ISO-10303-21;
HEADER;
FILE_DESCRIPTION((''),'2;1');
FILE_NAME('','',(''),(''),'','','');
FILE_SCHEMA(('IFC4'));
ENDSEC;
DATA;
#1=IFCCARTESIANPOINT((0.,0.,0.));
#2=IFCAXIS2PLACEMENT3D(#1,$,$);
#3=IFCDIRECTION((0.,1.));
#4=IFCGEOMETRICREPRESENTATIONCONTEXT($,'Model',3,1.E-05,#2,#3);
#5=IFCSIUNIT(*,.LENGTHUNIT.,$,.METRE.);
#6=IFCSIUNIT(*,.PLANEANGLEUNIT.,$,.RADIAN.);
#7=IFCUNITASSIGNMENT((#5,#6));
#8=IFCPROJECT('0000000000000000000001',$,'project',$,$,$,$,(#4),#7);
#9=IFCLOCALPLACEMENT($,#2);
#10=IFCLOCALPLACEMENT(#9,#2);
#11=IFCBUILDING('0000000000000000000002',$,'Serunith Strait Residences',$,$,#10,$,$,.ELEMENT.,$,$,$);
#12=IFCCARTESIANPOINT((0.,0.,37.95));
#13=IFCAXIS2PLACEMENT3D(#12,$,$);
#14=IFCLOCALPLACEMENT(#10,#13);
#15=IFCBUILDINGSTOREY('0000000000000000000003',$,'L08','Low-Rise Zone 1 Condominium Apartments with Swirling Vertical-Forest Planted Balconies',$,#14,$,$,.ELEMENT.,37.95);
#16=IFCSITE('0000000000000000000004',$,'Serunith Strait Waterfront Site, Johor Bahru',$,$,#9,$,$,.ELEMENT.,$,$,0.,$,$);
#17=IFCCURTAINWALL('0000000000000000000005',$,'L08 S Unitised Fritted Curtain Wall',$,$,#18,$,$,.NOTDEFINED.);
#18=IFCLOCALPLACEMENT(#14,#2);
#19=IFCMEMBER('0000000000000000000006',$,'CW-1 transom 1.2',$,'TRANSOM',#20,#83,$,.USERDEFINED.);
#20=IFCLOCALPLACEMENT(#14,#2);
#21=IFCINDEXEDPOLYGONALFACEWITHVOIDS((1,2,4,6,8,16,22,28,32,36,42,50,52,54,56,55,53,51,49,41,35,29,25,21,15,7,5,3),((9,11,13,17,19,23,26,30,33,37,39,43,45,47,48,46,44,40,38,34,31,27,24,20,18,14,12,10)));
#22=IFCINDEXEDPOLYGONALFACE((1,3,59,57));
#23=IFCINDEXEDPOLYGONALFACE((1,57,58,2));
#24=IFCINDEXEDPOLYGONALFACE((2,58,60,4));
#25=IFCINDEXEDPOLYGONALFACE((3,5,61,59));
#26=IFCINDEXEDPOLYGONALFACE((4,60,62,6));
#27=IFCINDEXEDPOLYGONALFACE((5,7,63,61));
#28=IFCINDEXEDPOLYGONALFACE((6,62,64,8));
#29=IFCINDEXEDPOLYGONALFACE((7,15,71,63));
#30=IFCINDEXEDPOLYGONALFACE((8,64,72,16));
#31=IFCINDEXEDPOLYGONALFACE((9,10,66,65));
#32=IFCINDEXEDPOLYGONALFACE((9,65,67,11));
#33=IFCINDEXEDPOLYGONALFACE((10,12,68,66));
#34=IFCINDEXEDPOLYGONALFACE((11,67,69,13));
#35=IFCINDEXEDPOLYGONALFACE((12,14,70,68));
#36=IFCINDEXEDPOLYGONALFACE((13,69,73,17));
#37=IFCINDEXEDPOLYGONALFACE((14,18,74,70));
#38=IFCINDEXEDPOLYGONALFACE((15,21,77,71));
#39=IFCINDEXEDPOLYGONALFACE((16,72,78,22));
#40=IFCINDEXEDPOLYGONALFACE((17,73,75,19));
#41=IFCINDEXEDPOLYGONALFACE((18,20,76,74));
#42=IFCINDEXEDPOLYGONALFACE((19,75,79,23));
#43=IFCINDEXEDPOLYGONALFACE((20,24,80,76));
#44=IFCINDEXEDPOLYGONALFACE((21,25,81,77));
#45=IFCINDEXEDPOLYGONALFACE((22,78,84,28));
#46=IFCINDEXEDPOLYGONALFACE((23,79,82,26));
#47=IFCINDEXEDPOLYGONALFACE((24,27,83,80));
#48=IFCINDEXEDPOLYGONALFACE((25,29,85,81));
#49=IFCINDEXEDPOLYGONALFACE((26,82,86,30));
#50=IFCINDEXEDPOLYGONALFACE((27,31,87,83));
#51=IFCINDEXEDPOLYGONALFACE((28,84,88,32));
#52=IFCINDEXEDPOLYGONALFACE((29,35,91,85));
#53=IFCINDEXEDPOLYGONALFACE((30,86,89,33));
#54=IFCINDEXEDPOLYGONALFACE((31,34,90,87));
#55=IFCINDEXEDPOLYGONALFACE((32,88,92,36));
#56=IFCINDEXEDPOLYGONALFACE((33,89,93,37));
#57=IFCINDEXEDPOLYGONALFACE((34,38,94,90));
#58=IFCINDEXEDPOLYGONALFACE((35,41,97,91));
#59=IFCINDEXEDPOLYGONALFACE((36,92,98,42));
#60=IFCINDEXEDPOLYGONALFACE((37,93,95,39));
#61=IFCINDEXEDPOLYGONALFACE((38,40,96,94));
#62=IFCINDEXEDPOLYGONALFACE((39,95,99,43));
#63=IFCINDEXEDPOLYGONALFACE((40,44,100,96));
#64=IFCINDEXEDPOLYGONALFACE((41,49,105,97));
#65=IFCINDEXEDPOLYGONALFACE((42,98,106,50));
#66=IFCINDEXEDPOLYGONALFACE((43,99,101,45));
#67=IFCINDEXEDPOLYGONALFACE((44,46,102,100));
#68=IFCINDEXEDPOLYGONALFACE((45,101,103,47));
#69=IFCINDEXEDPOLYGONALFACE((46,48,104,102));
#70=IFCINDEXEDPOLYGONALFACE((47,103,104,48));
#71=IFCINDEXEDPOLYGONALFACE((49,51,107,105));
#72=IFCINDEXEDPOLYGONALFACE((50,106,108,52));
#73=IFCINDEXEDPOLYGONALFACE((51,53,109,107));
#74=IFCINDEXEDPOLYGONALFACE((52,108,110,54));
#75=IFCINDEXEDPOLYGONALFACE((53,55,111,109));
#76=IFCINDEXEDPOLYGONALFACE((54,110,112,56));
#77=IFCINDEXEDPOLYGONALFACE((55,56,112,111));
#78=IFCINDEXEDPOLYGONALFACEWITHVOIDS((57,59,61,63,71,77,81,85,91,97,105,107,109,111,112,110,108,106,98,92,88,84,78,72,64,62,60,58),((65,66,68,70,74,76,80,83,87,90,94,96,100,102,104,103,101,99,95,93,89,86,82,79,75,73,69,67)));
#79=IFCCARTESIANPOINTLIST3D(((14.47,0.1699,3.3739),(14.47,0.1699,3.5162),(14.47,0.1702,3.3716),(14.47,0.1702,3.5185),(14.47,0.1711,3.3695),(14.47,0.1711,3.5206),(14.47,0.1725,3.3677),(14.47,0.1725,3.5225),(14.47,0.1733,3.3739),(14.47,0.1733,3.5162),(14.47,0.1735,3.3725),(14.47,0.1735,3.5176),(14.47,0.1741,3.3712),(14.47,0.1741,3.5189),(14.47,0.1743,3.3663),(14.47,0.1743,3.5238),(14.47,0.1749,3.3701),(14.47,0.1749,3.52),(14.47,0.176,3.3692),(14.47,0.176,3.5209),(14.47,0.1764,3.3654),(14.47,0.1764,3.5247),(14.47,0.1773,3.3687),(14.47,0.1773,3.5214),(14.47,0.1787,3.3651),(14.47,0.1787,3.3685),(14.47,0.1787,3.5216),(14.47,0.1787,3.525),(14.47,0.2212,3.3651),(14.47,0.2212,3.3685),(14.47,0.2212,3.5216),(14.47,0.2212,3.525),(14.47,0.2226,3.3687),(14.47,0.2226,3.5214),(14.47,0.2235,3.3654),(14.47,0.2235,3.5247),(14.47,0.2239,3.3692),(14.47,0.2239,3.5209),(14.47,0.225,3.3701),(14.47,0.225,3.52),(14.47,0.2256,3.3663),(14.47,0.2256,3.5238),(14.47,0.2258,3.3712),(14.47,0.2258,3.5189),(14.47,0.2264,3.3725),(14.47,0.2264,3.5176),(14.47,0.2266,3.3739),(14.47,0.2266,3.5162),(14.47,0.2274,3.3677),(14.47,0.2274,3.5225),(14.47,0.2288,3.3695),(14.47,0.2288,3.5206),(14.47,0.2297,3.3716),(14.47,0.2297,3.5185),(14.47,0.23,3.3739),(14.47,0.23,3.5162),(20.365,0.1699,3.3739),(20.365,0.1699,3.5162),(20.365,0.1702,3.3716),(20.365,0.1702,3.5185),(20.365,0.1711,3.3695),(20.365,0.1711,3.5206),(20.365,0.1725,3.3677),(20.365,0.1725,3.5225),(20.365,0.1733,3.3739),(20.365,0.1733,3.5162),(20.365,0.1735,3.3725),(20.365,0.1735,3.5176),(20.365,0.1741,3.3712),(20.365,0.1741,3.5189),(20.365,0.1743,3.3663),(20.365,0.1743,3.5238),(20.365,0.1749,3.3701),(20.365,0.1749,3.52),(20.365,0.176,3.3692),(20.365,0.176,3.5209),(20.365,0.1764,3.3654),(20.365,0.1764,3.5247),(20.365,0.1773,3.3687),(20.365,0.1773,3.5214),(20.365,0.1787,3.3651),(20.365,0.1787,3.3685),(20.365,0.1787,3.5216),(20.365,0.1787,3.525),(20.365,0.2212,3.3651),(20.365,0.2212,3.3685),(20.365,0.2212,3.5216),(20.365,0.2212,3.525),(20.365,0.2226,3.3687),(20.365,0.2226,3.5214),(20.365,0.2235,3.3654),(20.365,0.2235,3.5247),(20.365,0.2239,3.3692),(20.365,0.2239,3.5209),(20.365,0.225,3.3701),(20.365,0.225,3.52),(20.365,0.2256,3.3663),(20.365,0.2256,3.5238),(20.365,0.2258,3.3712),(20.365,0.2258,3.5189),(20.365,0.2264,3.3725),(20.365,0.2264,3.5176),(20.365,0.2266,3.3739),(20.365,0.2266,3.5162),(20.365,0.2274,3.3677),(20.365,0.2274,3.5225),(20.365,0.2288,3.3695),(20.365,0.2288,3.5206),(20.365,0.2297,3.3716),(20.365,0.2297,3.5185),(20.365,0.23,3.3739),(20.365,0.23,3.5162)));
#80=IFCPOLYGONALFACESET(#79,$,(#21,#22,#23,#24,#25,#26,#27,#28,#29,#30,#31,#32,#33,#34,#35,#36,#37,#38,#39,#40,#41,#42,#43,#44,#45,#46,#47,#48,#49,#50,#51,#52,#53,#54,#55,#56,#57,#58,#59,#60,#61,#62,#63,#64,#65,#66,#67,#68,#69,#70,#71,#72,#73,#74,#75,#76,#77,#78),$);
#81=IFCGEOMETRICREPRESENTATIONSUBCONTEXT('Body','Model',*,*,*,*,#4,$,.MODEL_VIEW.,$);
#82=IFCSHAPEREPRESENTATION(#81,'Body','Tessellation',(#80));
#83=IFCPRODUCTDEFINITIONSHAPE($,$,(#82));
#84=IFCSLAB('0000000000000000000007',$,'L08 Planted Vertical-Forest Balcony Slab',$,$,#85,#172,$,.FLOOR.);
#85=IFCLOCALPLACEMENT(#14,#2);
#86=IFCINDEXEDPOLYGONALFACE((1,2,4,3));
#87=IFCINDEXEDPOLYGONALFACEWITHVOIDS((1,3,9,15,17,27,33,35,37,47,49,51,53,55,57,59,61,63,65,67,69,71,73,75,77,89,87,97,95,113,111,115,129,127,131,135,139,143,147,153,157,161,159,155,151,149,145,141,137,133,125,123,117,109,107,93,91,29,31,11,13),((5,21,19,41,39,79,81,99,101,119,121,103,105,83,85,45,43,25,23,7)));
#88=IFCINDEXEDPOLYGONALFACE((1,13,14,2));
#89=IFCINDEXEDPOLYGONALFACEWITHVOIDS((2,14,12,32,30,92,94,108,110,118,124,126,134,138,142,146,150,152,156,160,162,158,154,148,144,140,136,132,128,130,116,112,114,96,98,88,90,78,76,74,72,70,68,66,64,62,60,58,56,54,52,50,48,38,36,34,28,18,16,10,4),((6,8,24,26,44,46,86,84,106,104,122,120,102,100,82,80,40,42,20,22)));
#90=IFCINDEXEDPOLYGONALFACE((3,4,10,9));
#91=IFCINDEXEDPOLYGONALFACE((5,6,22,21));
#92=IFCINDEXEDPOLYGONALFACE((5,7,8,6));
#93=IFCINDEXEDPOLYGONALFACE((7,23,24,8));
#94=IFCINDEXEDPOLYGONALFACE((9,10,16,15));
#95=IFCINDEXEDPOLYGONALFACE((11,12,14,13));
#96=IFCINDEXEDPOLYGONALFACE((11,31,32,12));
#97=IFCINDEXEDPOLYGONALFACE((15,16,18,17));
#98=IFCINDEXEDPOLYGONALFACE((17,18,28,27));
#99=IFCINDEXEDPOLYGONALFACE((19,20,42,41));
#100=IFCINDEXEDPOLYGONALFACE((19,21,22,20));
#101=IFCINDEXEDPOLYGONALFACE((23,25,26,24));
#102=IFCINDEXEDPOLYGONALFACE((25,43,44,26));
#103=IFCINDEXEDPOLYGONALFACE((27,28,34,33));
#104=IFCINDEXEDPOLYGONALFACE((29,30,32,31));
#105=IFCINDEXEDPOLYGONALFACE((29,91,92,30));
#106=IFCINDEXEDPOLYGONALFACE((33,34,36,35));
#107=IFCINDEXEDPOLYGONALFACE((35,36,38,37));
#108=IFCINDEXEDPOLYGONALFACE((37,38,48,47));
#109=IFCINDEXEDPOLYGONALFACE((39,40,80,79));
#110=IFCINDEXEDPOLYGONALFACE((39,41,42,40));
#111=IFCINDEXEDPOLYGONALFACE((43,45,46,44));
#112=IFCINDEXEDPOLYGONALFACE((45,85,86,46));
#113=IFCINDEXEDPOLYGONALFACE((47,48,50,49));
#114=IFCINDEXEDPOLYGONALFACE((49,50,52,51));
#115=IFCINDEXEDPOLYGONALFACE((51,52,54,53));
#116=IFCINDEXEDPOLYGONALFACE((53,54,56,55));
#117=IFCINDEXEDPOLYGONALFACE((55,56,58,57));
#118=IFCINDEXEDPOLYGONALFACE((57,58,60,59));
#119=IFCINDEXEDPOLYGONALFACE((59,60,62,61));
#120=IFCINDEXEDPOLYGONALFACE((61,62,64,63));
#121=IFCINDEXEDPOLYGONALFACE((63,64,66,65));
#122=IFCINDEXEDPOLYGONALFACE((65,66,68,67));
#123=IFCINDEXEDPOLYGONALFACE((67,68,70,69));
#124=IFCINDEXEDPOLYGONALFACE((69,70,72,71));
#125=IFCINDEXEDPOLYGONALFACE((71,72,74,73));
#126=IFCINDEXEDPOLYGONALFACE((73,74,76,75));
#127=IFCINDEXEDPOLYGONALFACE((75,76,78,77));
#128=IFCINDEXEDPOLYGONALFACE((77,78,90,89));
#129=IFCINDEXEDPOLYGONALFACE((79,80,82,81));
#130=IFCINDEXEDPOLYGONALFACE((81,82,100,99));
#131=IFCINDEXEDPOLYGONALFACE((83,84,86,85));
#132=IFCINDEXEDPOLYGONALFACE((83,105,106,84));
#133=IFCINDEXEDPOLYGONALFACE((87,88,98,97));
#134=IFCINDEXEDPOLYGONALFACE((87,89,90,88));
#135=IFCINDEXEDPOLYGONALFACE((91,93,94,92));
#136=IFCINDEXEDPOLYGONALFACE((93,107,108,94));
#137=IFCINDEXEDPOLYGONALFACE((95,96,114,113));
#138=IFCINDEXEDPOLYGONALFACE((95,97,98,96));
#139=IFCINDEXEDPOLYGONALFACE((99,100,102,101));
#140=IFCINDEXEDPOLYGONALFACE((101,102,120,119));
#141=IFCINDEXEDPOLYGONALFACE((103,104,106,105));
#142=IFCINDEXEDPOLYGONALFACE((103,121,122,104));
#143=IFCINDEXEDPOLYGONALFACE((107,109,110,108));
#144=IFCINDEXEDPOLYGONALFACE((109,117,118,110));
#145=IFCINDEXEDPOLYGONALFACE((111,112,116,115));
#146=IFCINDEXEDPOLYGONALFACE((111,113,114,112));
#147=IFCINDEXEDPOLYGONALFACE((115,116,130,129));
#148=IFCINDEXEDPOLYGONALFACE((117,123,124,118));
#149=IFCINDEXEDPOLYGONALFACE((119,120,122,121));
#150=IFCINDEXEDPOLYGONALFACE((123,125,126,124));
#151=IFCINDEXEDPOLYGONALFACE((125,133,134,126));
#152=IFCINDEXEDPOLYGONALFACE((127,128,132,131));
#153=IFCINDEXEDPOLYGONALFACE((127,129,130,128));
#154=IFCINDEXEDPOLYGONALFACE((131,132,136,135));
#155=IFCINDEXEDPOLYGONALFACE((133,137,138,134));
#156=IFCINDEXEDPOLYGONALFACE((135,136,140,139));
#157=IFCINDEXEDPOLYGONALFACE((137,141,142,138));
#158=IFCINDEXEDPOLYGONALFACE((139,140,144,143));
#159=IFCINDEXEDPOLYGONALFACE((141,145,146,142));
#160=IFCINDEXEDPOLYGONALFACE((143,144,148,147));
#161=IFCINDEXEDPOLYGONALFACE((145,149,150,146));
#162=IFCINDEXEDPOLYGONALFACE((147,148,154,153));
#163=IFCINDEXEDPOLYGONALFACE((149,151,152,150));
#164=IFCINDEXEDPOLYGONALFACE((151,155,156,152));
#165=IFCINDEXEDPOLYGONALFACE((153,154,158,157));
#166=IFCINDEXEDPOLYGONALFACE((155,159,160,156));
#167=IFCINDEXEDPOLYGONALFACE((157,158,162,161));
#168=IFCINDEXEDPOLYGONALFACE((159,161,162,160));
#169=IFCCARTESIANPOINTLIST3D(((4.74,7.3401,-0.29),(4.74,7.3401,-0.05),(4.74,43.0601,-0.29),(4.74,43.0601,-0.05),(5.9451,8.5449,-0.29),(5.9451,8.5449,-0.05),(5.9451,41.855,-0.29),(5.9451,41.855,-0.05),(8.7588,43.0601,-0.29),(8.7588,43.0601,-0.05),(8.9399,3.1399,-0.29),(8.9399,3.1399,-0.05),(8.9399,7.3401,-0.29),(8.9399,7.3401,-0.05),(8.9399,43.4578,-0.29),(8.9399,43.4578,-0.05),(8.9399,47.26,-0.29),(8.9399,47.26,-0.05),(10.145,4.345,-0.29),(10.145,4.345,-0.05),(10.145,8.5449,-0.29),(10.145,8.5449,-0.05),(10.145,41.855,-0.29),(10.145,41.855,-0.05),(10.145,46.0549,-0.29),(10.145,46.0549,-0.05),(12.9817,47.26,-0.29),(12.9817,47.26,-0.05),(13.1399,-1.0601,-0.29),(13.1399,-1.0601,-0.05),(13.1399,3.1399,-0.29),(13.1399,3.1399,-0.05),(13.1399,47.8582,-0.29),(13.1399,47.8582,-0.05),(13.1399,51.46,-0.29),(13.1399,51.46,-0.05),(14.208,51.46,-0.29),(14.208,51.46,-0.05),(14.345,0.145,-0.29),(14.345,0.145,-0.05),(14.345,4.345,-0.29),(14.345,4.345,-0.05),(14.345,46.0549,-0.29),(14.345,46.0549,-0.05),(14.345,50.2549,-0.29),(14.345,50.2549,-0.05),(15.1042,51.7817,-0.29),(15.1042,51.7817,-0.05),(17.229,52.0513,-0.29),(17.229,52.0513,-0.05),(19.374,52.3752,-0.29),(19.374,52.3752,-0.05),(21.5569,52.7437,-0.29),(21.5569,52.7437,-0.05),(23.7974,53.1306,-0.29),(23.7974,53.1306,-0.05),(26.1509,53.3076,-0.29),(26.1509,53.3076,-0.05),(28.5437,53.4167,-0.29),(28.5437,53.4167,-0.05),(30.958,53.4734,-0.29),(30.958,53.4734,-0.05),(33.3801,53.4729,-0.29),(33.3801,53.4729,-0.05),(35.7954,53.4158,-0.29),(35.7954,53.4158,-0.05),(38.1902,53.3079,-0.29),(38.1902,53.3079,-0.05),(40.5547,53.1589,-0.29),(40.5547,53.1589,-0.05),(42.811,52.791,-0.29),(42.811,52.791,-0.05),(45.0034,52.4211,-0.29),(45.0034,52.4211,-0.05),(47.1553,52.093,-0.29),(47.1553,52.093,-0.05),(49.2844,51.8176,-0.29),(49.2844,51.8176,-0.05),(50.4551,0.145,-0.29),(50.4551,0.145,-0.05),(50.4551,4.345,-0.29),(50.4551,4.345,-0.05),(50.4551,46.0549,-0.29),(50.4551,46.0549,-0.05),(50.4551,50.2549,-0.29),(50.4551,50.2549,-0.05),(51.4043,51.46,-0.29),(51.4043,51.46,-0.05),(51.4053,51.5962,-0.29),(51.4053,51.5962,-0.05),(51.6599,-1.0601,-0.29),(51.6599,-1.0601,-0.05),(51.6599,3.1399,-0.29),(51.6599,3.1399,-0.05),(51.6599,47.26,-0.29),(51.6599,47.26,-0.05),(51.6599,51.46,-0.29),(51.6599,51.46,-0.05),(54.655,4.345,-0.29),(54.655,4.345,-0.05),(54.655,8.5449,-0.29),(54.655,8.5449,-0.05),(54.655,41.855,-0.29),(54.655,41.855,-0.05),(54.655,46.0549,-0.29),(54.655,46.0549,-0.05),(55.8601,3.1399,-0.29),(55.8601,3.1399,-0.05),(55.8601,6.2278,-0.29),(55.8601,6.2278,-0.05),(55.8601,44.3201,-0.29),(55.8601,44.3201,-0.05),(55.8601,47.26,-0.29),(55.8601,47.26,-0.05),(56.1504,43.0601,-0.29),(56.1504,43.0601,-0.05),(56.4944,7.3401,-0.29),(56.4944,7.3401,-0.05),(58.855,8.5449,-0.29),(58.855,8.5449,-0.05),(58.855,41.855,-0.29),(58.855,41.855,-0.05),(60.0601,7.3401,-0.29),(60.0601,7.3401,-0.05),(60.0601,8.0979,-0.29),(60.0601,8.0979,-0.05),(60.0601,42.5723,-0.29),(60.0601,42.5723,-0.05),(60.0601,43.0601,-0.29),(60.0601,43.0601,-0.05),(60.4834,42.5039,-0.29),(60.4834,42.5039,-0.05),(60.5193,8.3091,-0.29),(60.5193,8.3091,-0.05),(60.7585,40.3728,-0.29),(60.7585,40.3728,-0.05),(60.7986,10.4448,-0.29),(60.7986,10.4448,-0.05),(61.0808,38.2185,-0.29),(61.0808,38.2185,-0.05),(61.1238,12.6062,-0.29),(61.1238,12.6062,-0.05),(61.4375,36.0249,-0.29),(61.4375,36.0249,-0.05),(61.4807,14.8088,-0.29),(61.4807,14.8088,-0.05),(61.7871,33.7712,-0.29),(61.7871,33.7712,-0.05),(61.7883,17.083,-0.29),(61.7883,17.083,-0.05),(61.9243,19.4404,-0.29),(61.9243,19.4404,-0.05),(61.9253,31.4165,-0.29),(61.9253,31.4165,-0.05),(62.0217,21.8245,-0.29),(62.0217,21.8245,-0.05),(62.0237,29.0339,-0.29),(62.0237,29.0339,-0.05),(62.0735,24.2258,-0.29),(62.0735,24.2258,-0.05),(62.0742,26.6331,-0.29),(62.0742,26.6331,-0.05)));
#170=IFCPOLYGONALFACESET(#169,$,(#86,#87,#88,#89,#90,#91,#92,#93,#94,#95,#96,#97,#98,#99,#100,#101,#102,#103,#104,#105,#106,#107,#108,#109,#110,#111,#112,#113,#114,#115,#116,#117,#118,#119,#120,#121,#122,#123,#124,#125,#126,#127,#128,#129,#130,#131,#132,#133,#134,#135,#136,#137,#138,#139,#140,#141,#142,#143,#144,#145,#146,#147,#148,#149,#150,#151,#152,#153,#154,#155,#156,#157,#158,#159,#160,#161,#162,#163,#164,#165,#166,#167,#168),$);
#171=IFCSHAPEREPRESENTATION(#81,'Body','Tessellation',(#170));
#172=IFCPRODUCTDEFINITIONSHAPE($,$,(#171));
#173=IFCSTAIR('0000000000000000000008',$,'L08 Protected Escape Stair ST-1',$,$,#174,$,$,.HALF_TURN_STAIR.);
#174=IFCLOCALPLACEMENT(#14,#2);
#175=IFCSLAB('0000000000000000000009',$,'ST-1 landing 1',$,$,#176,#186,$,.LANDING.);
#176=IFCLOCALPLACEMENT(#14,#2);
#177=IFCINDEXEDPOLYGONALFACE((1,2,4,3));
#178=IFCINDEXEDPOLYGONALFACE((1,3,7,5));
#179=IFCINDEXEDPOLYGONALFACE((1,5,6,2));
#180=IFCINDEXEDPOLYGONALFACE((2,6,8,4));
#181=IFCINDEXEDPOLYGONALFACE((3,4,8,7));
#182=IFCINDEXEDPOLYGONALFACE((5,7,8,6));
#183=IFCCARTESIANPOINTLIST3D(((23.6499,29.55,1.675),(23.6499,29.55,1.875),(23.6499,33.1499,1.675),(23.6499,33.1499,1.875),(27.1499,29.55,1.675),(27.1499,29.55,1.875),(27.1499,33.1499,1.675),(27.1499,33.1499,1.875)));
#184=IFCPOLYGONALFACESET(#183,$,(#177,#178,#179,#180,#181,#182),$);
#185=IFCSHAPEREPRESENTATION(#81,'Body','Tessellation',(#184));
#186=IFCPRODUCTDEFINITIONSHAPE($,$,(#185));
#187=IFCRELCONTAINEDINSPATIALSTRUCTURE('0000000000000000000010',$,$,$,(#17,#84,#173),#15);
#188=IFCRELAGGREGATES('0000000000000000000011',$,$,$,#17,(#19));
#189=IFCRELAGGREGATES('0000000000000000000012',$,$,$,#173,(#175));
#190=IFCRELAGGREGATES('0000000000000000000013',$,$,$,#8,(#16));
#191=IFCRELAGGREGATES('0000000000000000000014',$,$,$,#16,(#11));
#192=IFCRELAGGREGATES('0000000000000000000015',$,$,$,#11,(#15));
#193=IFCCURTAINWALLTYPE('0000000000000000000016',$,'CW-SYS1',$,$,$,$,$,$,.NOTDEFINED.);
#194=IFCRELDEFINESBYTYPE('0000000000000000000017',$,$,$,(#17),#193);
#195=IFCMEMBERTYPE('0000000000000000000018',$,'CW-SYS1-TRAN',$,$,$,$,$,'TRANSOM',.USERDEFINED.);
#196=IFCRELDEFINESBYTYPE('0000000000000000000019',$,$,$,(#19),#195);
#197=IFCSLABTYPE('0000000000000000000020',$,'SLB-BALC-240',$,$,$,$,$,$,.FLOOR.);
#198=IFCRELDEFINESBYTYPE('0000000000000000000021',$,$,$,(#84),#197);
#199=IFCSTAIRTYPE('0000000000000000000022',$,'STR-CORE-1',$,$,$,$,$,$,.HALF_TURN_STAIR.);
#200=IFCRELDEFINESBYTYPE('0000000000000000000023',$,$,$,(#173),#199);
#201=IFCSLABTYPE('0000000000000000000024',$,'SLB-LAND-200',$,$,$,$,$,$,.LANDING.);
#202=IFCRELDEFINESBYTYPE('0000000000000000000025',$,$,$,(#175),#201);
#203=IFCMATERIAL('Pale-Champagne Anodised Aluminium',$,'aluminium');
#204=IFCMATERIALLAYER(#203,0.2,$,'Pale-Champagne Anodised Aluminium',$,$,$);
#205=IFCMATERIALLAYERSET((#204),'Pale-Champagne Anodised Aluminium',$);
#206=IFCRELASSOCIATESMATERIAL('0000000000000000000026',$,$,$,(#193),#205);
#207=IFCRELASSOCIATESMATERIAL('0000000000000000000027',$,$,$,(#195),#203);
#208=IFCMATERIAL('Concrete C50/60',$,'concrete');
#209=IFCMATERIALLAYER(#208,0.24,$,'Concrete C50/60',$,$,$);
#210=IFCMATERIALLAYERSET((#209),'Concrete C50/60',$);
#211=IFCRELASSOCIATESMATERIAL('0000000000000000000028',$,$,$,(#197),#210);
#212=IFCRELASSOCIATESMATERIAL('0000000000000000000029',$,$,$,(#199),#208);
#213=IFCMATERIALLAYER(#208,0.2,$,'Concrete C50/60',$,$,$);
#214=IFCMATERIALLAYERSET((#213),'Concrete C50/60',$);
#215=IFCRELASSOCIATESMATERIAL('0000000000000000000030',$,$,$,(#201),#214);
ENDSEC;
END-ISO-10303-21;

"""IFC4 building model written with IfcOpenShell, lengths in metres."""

from ifc_helpers import new_model, si_unit, direction, frame, origin, origin_2d, place, context, subcontext, project, spatial, polyline, hollow_rectangle, outline, extrude, source, transform, mapped, material, layer, layer_set, material_profile, profile_set, type_object, element, aggregate, save


model = new_model("IFC4")

# Units and contexts
model_context = context("Model", 3, precision=1e-05, world=origin(), true_north=direction((0.0, 1.0)))
body_context = subcontext(model_context, "Body", "Model", "MODEL_VIEW")
ifc_project = project(units=[si_unit("LENGTHUNIT", "METRE"), si_unit("PLANEANGLEUNIT", "RADIAN")], contexts=[model_context])

# Site, building, storey
site_placement = place(None, origin())
site = spatial("IfcSite", under=ifc_project, at=site_placement, Name="Serunith Strait Waterfront Site, Johor Bahru", CompositionType="ELEMENT", RefElevation=0.0)
building_placement = place(site_placement, origin())
building = spatial("IfcBuilding", under=site, at=building_placement, Name="Serunith Strait Residences", CompositionType="ELEMENT")
storey_placement = place(building_placement, frame((0.0, 0.0, 37.95)))
storey = spatial("IfcBuildingStorey", under=building, at=storey_placement, Name="L08", Description="Low-Rise Zone 1 Condominium Apartments with Swirling Vertical-Forest Planted Balconies", CompositionType="ELEMENT", Elevation=37.95)

# Curtain wall
ifc_material_1 = material(Name="Pale-Champagne Anodised Aluminium", Category="aluminium")
ifc_layer_1 = layer(ifc_material_1, 0.2, Name="Pale-Champagne Anodised Aluminium")
ifc_layer_set_1 = layer_set([ifc_layer_1], Name="Pale-Champagne Anodised Aluminium")
curtain_wall_type = type_object("IfcCurtainWallType", Name="CW-SYS1", PredefinedType="NOTDEFINED", material=ifc_layer_set_1)
curtain_wall_1_placement = place(storey_placement, origin())
curtain_wall_1 = element("IfcCurtainWall", 1, at=curtain_wall_1_placement, inside=storey, type_object=curtain_wall_type, Name="L08 S Unitised Fritted Curtain Wall", PredefinedType="NOTDEFINED")

# Member
ifc_material_profile_1 = material_profile(ifc_material_1, hollow_rectangle(XDim=0.0601, YDim=0.1599, WallThickness=0.0034, InnerFilletRadius=0.0054, OuterFilletRadius=0.0088, at=origin_2d()), Name="ALU 160x60x3.5")
ifc_profile_set_1 = profile_set([ifc_material_profile_1], Name="Pale-Champagne Anodised Aluminium")
member_type_1 = type_object("IfcMemberType", Name="CW-SYS1-TRAN", ElementType="TRANSOM", PredefinedType="USERDEFINED", material=ifc_profile_set_1)
shared_shape_1 = source(origin(), body_context, "Body", "SweptSolid", [
    extrude(hollow_rectangle(XDim=0.0601, YDim=0.1599, WallThickness=0.0034, InnerFilletRadius=0.0054, OuterFilletRadius=0.0088, at=origin_2d()), origin(), (0.0, 0.0, 1.0), 5.895),
])
member_1_placement = place(storey_placement, frame((14.47, 0.2, 3.4451), z_axis=(1.0, 0.0, 0.0), x_axis=(0.0, 1.0, 0.0)))
member_1 = element("IfcMember", 2, at=member_1_placement, type_object=member_type_1, Name="CW-1 transom 1.2", ObjectType="TRANSOM", PredefinedType="USERDEFINED", context=body_context, shape_type="MappedRepresentation", body=[
    mapped(shared_shape_1, transform((0.0, 0.0, 0.0), scale=1.0)),
])
aggregate(curtain_wall_1, [member_1])

# Slab
ifc_material_2 = material(Name="Concrete C50/60", Category="concrete")
ifc_layer_2 = layer(ifc_material_2, 0.24, Name="Concrete C50/60")
ifc_layer_set_2 = layer_set([ifc_layer_2], Name="Concrete C50/60")
slab_type_1 = type_object("IfcSlabType", Name="SLB-BALC-240", PredefinedType="FLOOR", material=ifc_layer_set_2)
slab_1_placement = place(storey_placement, frame((0.0, 0.0, -0.29)))
element("IfcSlab", 3, at=slab_1_placement, inside=storey, type_object=slab_type_1, Name="L08 Planted Vertical-Forest Balcony Slab", PredefinedType="FLOOR", context=body_context, shape_type="SweptSolid", body=[
    extrude(outline(polyline([(12.9817, 47.26), (13.1399, 47.8582), (13.1399, 51.46), (14.208, 51.46), (15.1042, 51.7817), (17.229, 52.0513), (19.374, 52.3752), (21.5569, 52.7437), (23.7974, 53.1306), (26.1509, 53.3076), (28.5437, 53.4167), (30.958, 53.4734), (33.3801, 53.4729), (35.7954, 53.4158), (38.1902, 53.3079), (40.5547, 53.1589), (42.811, 52.791), (45.0034, 52.4211), (47.1553, 52.093), (49.2844, 51.8176), (51.4053, 51.5962), (51.4043, 51.46), (51.6599, 51.46), (51.6599, 47.26), (55.8601, 47.26), (55.8601, 44.3201), (56.1504, 43.0601), (60.0601, 43.0601), (60.0601, 42.5723), (60.4834, 42.5039), (60.7585, 40.3728), (61.0808, 38.2185), (61.4375, 36.0249), (61.7871, 33.7712), (61.9253, 31.4165), (62.0237, 29.0339), (62.0742, 26.6331), (62.0735, 24.2258), (62.0217, 21.8245), (61.9243, 19.4404), (61.7883, 17.083), (61.4807, 14.8088), (61.1238, 12.6062), (60.7986, 10.4448), (60.5193, 8.3091), (60.0601, 8.0979), (60.0601, 7.3401), (56.4944, 7.3401), (55.8601, 6.2278), (55.8601, 3.1399), (51.6599, 3.1399), (51.6599, -1.0601), (13.1399, -1.0601), (13.1399, 3.1399), (8.9399, 3.1399), (8.9399, 7.3401), (4.74, 7.3401), (4.74, 43.0601), (8.7588, 43.0601), (8.9399, 43.4578), (8.9399, 47.26), (12.9817, 47.26)]), holes=[polyline([(50.4551, 0.145), (50.4551, 4.345), (54.655, 4.345), (54.655, 8.5449), (58.855, 8.5449), (58.855, 41.855), (54.655, 41.855), (54.655, 46.0549), (50.4551, 46.0549), (50.4551, 50.2549), (14.345, 50.2549), (14.345, 46.0549), (10.145, 46.0549), (10.145, 41.855), (5.9451, 41.855), (5.9451, 8.5449), (10.145, 8.5449), (10.145, 4.345), (14.345, 4.345), (14.345, 0.145), (50.4551, 0.145)])]), origin(), (0.0, 0.0, 1.0), 0.24),
])

# Stair, slab
stair_type_1 = type_object("IfcStairType", Name="STR-CORE-1", PredefinedType="HALF_TURN_STAIR", material=ifc_material_2)
stair_1_placement = place(storey_placement, origin())
stair_1 = element("IfcStair", 4, at=stair_1_placement, inside=storey, type_object=stair_type_1, Name="L08 Protected Escape Stair ST-1", PredefinedType="HALF_TURN_STAIR")
ifc_layer_3 = layer(ifc_material_2, 0.2, Name="Concrete C50/60")
ifc_layer_set_3 = layer_set([ifc_layer_3], Name="Concrete C50/60")
slab_type_2 = type_object("IfcSlabType", Name="SLB-LAND-200", PredefinedType="LANDING", material=ifc_layer_set_3)
slab_2_placement = place(storey_placement, frame((0.0, 0.0, 1.675)))
slab_2 = element("IfcSlab", 5, at=slab_2_placement, type_object=slab_type_2, Name="ST-1 landing 1", PredefinedType="LANDING", context=body_context, shape_type="SweptSolid", body=[
    extrude(outline(polyline([(27.1499, 29.55), (27.1499, 33.1499), (23.6499, 33.1499), (23.6499, 29.55), (27.1499, 29.55)])), origin(), (0.0, 0.0, 1.0), 0.2),
])
aggregate(stair_1, [slab_2])

save(model, "model.ifc")
